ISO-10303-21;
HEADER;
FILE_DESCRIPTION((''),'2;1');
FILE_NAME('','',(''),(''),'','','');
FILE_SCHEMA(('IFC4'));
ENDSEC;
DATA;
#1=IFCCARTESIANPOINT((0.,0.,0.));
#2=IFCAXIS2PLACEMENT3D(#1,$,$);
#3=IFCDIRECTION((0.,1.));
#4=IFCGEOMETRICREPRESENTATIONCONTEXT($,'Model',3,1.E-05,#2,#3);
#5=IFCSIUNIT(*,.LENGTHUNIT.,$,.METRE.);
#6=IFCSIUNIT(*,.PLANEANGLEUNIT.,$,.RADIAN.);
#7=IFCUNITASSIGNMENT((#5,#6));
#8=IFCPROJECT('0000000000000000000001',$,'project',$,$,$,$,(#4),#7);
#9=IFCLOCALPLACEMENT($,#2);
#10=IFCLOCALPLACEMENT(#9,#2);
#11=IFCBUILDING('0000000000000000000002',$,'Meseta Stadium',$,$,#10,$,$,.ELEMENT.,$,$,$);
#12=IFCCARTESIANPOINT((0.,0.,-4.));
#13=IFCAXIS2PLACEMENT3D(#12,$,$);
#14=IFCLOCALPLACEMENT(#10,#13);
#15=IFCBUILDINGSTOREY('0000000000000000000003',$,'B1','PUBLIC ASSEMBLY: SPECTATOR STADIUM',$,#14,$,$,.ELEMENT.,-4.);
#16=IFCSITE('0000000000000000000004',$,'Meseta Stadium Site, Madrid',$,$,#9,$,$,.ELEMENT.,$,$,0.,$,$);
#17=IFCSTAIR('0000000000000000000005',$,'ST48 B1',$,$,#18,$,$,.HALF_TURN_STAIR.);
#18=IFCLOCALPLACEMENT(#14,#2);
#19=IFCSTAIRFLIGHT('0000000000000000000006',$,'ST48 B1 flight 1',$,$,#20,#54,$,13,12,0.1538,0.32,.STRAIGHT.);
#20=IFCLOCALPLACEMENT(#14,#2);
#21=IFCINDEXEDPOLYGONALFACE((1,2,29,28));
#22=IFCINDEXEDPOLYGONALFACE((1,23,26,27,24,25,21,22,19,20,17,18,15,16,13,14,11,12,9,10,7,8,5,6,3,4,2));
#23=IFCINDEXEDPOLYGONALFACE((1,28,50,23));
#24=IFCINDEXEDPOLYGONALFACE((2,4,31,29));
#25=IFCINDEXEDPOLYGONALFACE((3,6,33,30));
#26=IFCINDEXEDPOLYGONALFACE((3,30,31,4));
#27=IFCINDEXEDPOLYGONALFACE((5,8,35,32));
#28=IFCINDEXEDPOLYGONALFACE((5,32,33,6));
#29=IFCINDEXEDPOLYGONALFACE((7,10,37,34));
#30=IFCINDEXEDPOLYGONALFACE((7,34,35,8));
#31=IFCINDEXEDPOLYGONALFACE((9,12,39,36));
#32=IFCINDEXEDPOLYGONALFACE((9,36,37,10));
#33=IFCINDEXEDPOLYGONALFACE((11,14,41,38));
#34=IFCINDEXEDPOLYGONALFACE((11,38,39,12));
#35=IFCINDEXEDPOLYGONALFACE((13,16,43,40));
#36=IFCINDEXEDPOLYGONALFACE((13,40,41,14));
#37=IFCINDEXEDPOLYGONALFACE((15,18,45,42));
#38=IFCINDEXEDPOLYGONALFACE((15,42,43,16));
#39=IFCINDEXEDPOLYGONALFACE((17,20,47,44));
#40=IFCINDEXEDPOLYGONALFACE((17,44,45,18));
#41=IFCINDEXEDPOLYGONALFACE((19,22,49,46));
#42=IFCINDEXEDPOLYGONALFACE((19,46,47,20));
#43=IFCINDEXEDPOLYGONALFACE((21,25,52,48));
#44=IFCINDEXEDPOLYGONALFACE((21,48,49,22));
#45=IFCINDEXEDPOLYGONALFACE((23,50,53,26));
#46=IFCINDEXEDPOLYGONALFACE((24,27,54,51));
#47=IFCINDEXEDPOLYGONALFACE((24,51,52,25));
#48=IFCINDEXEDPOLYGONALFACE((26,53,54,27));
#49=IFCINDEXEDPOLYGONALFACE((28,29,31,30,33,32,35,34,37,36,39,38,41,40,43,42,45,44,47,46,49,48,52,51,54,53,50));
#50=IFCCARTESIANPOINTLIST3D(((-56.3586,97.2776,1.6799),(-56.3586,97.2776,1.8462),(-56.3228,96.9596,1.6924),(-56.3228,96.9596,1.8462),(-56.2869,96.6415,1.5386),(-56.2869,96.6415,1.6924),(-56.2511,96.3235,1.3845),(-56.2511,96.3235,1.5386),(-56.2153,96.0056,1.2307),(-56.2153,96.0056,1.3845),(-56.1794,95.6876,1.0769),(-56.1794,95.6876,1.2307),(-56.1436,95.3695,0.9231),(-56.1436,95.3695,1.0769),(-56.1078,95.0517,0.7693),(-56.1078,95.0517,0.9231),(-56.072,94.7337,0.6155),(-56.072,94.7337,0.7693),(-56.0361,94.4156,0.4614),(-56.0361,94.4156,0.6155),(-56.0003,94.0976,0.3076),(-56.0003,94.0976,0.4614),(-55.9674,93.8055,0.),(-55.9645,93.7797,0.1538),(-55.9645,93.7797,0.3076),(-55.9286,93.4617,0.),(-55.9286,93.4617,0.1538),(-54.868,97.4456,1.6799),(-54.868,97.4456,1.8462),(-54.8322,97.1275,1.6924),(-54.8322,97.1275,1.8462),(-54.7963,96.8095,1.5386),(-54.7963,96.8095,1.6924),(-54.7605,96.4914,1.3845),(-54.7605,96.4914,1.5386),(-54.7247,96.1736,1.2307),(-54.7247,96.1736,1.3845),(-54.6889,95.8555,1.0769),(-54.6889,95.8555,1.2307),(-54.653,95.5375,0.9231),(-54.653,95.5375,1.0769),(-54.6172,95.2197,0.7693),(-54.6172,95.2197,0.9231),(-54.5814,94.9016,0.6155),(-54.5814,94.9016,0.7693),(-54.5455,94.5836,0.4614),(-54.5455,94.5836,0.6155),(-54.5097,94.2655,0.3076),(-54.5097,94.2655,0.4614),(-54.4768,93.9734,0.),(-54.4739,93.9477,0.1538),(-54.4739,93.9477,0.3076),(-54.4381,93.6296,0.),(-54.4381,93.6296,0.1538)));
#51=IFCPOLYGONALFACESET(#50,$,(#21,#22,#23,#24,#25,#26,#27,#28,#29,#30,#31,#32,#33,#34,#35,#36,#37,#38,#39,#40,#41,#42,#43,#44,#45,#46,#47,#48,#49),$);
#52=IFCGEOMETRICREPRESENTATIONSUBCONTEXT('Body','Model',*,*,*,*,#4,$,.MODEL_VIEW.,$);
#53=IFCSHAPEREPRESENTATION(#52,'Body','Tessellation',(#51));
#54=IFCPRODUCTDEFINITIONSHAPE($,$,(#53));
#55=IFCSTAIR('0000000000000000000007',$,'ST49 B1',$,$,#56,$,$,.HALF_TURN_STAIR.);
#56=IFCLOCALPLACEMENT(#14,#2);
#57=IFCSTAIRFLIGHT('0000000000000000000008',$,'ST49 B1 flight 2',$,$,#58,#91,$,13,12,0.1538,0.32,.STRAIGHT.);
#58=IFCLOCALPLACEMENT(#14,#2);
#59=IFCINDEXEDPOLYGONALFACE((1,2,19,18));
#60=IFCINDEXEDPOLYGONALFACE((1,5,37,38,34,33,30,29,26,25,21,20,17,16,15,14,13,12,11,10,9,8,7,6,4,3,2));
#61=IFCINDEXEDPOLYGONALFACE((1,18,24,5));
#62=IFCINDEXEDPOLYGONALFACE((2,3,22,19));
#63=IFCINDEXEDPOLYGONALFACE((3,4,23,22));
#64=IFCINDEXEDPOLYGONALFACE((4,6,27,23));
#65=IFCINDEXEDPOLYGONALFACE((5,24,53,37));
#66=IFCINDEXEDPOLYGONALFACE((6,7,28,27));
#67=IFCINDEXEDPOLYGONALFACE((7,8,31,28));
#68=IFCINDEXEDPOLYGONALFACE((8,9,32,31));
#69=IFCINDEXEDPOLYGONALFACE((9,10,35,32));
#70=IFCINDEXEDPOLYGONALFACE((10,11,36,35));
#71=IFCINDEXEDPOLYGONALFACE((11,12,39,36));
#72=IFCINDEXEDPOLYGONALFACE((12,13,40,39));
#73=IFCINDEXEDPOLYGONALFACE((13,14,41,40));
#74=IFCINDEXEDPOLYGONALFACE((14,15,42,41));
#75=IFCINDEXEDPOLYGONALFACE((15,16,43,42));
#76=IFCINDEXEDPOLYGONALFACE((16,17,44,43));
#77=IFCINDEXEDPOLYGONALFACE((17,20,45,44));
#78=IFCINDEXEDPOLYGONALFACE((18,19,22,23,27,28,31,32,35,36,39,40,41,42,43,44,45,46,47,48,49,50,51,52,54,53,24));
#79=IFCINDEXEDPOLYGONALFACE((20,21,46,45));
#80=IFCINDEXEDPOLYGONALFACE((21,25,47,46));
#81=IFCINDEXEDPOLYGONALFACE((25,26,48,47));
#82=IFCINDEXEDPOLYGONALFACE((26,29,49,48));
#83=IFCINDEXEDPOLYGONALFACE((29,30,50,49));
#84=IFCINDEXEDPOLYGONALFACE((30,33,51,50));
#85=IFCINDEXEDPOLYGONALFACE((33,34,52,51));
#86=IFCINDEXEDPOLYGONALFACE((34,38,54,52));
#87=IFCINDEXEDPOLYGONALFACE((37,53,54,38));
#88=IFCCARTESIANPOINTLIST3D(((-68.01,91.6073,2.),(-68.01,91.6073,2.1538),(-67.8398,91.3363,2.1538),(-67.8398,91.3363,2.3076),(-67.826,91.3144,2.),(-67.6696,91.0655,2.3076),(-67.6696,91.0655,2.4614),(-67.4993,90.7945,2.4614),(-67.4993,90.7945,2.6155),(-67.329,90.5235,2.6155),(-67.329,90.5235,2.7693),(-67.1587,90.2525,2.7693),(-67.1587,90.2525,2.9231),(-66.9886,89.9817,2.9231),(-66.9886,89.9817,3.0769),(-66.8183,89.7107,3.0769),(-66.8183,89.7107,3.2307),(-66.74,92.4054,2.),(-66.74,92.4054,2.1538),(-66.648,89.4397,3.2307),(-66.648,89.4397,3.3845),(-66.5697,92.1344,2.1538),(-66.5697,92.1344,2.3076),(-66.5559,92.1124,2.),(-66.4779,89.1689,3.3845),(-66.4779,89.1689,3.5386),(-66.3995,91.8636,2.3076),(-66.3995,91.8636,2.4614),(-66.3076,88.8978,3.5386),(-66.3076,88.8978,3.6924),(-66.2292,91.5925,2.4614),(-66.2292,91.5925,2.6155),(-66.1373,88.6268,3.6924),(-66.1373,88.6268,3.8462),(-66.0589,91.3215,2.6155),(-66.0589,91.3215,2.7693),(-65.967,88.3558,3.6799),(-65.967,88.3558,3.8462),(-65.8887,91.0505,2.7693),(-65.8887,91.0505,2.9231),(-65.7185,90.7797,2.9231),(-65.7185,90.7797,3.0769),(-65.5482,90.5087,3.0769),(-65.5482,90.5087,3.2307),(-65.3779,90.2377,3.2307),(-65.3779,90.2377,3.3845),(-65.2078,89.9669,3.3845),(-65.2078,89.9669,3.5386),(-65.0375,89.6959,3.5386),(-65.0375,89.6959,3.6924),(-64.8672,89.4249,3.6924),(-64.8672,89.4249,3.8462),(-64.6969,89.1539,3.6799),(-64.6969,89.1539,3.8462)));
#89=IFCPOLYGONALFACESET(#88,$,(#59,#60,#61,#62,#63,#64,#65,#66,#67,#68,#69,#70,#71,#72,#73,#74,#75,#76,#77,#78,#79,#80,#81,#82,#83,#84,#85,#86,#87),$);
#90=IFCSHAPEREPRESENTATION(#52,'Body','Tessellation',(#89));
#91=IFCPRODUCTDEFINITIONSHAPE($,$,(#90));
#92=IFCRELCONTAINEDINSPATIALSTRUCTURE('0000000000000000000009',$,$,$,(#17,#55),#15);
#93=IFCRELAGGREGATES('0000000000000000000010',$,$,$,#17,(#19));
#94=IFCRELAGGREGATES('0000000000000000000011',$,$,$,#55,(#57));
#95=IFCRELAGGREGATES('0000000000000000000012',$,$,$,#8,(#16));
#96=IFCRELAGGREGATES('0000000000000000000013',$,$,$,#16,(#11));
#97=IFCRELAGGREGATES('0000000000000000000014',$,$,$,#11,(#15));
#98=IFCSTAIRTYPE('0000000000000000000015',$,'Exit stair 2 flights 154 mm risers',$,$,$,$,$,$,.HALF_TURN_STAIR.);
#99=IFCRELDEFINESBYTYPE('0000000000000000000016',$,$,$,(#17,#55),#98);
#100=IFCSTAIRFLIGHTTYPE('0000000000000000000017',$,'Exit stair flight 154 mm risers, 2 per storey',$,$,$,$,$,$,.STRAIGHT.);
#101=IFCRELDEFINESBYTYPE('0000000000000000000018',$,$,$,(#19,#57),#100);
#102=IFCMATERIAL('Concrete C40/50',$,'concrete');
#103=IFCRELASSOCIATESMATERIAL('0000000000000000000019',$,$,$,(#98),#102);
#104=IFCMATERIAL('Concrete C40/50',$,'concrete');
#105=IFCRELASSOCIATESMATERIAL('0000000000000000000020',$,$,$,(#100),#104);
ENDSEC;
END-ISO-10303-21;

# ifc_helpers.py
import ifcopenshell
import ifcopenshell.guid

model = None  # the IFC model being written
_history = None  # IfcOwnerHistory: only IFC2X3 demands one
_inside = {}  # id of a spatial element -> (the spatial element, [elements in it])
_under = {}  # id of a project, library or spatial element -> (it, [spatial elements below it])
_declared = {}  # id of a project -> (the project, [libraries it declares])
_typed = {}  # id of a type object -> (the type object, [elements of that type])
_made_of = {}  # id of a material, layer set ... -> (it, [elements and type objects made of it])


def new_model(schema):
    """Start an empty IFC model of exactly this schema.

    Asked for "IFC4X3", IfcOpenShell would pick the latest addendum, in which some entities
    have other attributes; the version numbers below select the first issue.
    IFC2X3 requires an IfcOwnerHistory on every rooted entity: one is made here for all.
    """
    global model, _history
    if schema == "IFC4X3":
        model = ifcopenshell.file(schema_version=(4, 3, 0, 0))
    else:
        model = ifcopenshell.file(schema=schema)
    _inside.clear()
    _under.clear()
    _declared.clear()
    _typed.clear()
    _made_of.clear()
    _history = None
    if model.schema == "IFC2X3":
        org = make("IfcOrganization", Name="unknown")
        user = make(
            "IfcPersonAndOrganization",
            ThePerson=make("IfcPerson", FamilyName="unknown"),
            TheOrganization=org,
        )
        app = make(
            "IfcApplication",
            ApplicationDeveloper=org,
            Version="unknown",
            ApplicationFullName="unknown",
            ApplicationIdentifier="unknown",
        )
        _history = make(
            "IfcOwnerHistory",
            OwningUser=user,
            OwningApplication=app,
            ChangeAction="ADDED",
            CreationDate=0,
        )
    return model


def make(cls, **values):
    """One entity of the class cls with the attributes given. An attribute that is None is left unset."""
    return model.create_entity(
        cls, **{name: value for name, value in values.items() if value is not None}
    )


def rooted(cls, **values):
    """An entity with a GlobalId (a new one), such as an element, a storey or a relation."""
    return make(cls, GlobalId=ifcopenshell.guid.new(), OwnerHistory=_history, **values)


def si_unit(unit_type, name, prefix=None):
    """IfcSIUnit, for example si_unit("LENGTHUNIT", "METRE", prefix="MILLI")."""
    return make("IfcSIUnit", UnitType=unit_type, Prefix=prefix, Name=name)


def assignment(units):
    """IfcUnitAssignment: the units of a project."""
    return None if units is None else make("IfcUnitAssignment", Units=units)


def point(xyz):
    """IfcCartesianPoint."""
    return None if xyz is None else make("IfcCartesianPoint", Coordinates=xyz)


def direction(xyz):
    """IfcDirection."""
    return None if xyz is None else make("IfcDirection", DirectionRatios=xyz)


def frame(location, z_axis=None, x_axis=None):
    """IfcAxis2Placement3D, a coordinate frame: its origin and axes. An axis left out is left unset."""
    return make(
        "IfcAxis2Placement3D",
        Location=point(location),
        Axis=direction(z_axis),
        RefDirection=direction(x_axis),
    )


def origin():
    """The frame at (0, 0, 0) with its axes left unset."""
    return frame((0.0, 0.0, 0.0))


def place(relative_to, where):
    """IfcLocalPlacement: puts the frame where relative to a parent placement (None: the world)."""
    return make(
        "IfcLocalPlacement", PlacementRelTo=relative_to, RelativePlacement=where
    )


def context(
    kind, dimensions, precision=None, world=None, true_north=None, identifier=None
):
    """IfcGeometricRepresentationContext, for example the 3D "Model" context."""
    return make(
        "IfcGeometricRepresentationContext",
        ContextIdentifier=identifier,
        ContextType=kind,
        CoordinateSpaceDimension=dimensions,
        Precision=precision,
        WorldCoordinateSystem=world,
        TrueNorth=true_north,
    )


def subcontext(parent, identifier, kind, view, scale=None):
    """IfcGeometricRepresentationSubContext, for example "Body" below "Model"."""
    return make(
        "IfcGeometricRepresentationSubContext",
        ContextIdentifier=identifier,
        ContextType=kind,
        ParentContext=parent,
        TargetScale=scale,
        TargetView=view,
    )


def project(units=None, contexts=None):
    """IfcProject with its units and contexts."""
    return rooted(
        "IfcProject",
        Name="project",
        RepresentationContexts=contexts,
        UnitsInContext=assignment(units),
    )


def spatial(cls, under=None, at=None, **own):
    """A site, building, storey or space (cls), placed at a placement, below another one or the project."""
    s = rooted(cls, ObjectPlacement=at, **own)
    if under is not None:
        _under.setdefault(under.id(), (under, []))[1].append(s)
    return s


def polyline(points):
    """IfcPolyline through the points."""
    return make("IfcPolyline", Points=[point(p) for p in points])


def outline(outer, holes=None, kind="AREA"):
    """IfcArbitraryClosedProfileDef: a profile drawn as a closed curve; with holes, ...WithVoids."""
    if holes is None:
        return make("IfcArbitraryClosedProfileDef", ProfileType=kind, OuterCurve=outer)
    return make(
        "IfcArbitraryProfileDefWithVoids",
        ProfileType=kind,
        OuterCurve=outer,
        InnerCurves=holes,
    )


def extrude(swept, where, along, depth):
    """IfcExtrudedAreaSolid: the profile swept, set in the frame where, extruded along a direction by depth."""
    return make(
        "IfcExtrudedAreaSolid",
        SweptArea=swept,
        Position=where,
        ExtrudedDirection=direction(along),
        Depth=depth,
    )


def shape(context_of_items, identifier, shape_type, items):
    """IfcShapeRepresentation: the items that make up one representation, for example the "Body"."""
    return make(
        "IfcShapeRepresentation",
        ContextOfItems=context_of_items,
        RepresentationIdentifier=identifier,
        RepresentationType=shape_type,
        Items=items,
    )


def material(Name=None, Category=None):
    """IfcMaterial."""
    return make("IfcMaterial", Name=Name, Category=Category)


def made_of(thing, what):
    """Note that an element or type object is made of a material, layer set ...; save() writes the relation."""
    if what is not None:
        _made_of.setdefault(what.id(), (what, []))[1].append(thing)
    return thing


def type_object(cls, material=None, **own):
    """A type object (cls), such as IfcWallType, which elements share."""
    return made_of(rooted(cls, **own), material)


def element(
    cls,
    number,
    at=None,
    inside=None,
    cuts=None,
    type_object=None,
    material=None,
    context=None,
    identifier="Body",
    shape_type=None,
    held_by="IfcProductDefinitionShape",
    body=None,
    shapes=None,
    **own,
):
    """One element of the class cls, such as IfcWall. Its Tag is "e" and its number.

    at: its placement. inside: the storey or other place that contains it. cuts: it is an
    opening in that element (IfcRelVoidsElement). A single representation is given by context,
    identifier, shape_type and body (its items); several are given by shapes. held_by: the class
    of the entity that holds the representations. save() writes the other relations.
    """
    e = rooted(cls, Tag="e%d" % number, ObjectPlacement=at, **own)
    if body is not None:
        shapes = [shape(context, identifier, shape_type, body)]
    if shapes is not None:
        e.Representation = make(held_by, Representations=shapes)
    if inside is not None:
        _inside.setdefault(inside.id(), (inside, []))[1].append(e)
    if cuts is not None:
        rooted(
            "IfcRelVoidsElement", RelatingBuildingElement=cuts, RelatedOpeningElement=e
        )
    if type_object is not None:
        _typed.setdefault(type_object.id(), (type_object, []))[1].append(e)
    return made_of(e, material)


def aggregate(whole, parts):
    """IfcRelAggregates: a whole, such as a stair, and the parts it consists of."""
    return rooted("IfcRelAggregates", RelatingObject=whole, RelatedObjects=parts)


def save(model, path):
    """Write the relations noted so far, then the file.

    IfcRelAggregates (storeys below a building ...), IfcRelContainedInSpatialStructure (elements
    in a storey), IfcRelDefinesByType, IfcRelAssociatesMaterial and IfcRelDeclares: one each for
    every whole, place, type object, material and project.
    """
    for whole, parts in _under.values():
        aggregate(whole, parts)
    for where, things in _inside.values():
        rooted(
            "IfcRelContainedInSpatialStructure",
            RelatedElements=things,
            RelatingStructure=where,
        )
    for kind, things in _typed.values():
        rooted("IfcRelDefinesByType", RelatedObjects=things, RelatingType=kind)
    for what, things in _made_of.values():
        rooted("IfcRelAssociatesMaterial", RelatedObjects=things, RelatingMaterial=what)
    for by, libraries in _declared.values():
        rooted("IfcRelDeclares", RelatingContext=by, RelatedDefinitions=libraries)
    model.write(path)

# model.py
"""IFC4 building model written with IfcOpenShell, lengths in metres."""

from ifc_helpers import new_model, si_unit, direction, frame, origin, place, context, subcontext, project, spatial, polyline, outline, extrude, material, type_object, element, aggregate, save


model = new_model("IFC4")

# Units and contexts
model_context = context("Model", 3, precision=1e-05, world=origin(), true_north=direction((0.0, 1.0)))
body_context = subcontext(model_context, "Body", "Model", "MODEL_VIEW")
ifc_project = project(units=[si_unit("LENGTHUNIT", "METRE"), si_unit("PLANEANGLEUNIT", "RADIAN")], contexts=[model_context])

# Site, building, storey
site_placement = place(None, origin())
site = spatial("IfcSite", under=ifc_project, at=site_placement, Name="Meseta Stadium Site, Madrid", CompositionType="ELEMENT", RefElevation=0.0)
building_placement = place(site_placement, origin())
building = spatial("IfcBuilding", under=site, at=building_placement, Name="Meseta Stadium", CompositionType="ELEMENT")
storey_placement = place(building_placement, frame((0.0, 0.0, -4.0)))
storey = spatial("IfcBuildingStorey", under=building, at=storey_placement, Name="B1", Description="PUBLIC ASSEMBLY: SPECTATOR STADIUM", CompositionType="ELEMENT", Elevation=-4.0)

# Stairs, stair flights
ifc_material_1 = material(Name="Concrete C40/50", Category="concrete")
stair_type = type_object("IfcStairType", Name="Exit stair 2 flights 154 mm risers", PredefinedType="HALF_TURN_STAIR", material=ifc_material_1)
stair_1_placement = place(storey_placement, origin())
stair_1 = element("IfcStair", 1, at=stair_1_placement, inside=storey, type_object=stair_type, Name="ST48 B1", PredefinedType="HALF_TURN_STAIR")
ifc_material_2 = material(Name="Concrete C40/50", Category="concrete")
stair_flight_type = type_object("IfcStairFlightType", Name="Exit stair flight 154 mm risers, 2 per storey", PredefinedType="STRAIGHT", material=ifc_material_2)
stair_flight_1_placement = place(storey_placement, frame((-55.1833, 93.5457, 0.0), z_axis=(0.0, 0.0, 1.0), x_axis=(-0.111964, 0.993712, 0.0)))
stair_flight_1 = element("IfcStairFlight", 2, at=stair_flight_1_placement, type_object=stair_flight_type, Name="ST48 B1 flight 1", NumberOfRisers=13, NumberOfTreads=12, PredefinedType="STRAIGHT", RiserHeight=0.1538, TreadLength=0.32, context=body_context, shape_type="SweptSolid", body=[
    extrude(outline(polyline([(0.0, 0.0), (0.0, 0.1538), (0.3201, 0.1538), (0.3201, 0.3076), (0.6399, 0.3076), (0.6399, 0.4614), (0.96, 0.4614), (0.96, 0.6155), (1.28, 0.6155), (1.28, 0.7693), (1.6001, 0.7693), (1.6001, 0.9231), (1.9199, 0.9231), (1.9199, 1.0769), (2.24, 1.0769), (2.24, 1.2307), (2.5601, 1.2307), (2.5601, 1.3845), (2.8799, 1.3845), (2.8799, 1.5386), (3.2, 1.5386), (3.2, 1.6924), (3.52, 1.6924), (3.52, 1.8462), (3.8401, 1.8462), (3.8401, 1.6799), (0.3459, 0.0), (0.0, 0.0)])), frame((0.0, 0.75, 0.0), z_axis=(0.0, -1.0, 0.0), x_axis=(1.0, 0.0, 0.0)), (0.0, 0.0, 1.0), 1.5),
])
aggregate(stair_1, [stair_flight_1])
stair_2_placement = place(storey_placement, origin())
stair_2 = element("IfcStair", 3, at=stair_2_placement, inside=storey, type_object=stair_type, Name="ST49 B1", PredefinedType="HALF_TURN_STAIR")
stair_flight_2_placement = place(storey_placement, frame((-67.375, 92.0063, 2.0), z_axis=(0.0, 0.0, 1.0), x_axis=(0.532032, -0.846724, 0.0)))
stair_flight_2 = element("IfcStairFlight", 4, at=stair_flight_2_placement, type_object=stair_flight_type, Name="ST49 B1 flight 2", NumberOfRisers=13, NumberOfTreads=12, PredefinedType="STRAIGHT", RiserHeight=0.1538, TreadLength=0.32, context=body_context, shape_type="SweptSolid", body=[
    extrude(outline(polyline([(0.0, 0.0), (0.0, 0.1538), (0.3201, 0.1538), (0.3201, 0.3076), (0.6399, 0.3076), (0.6399, 0.4614), (0.96, 0.4614), (0.96, 0.6155), (1.28, 0.6155), (1.28, 0.7693), (1.6001, 0.7693), (1.6001, 0.9231), (1.9199, 0.9231), (1.9199, 1.0769), (2.24, 1.0769), (2.24, 1.2307), (2.5601, 1.2307), (2.5601, 1.3845), (2.8799, 1.3845), (2.8799, 1.5386), (3.2, 1.5386), (3.2, 1.6924), (3.52, 1.6924), (3.52, 1.8462), (3.8401, 1.8462), (3.8401, 1.6799), (0.3459, 0.0), (0.0, 0.0)])), frame((0.0, 0.75, 0.0), z_axis=(0.0, -1.0, 0.0), x_axis=(1.0, 0.0, 0.0)), (0.0, 0.0, 1.0), 1.5),
])
aggregate(stair_2, [stair_flight_2])

save(model, "model.ifc")
